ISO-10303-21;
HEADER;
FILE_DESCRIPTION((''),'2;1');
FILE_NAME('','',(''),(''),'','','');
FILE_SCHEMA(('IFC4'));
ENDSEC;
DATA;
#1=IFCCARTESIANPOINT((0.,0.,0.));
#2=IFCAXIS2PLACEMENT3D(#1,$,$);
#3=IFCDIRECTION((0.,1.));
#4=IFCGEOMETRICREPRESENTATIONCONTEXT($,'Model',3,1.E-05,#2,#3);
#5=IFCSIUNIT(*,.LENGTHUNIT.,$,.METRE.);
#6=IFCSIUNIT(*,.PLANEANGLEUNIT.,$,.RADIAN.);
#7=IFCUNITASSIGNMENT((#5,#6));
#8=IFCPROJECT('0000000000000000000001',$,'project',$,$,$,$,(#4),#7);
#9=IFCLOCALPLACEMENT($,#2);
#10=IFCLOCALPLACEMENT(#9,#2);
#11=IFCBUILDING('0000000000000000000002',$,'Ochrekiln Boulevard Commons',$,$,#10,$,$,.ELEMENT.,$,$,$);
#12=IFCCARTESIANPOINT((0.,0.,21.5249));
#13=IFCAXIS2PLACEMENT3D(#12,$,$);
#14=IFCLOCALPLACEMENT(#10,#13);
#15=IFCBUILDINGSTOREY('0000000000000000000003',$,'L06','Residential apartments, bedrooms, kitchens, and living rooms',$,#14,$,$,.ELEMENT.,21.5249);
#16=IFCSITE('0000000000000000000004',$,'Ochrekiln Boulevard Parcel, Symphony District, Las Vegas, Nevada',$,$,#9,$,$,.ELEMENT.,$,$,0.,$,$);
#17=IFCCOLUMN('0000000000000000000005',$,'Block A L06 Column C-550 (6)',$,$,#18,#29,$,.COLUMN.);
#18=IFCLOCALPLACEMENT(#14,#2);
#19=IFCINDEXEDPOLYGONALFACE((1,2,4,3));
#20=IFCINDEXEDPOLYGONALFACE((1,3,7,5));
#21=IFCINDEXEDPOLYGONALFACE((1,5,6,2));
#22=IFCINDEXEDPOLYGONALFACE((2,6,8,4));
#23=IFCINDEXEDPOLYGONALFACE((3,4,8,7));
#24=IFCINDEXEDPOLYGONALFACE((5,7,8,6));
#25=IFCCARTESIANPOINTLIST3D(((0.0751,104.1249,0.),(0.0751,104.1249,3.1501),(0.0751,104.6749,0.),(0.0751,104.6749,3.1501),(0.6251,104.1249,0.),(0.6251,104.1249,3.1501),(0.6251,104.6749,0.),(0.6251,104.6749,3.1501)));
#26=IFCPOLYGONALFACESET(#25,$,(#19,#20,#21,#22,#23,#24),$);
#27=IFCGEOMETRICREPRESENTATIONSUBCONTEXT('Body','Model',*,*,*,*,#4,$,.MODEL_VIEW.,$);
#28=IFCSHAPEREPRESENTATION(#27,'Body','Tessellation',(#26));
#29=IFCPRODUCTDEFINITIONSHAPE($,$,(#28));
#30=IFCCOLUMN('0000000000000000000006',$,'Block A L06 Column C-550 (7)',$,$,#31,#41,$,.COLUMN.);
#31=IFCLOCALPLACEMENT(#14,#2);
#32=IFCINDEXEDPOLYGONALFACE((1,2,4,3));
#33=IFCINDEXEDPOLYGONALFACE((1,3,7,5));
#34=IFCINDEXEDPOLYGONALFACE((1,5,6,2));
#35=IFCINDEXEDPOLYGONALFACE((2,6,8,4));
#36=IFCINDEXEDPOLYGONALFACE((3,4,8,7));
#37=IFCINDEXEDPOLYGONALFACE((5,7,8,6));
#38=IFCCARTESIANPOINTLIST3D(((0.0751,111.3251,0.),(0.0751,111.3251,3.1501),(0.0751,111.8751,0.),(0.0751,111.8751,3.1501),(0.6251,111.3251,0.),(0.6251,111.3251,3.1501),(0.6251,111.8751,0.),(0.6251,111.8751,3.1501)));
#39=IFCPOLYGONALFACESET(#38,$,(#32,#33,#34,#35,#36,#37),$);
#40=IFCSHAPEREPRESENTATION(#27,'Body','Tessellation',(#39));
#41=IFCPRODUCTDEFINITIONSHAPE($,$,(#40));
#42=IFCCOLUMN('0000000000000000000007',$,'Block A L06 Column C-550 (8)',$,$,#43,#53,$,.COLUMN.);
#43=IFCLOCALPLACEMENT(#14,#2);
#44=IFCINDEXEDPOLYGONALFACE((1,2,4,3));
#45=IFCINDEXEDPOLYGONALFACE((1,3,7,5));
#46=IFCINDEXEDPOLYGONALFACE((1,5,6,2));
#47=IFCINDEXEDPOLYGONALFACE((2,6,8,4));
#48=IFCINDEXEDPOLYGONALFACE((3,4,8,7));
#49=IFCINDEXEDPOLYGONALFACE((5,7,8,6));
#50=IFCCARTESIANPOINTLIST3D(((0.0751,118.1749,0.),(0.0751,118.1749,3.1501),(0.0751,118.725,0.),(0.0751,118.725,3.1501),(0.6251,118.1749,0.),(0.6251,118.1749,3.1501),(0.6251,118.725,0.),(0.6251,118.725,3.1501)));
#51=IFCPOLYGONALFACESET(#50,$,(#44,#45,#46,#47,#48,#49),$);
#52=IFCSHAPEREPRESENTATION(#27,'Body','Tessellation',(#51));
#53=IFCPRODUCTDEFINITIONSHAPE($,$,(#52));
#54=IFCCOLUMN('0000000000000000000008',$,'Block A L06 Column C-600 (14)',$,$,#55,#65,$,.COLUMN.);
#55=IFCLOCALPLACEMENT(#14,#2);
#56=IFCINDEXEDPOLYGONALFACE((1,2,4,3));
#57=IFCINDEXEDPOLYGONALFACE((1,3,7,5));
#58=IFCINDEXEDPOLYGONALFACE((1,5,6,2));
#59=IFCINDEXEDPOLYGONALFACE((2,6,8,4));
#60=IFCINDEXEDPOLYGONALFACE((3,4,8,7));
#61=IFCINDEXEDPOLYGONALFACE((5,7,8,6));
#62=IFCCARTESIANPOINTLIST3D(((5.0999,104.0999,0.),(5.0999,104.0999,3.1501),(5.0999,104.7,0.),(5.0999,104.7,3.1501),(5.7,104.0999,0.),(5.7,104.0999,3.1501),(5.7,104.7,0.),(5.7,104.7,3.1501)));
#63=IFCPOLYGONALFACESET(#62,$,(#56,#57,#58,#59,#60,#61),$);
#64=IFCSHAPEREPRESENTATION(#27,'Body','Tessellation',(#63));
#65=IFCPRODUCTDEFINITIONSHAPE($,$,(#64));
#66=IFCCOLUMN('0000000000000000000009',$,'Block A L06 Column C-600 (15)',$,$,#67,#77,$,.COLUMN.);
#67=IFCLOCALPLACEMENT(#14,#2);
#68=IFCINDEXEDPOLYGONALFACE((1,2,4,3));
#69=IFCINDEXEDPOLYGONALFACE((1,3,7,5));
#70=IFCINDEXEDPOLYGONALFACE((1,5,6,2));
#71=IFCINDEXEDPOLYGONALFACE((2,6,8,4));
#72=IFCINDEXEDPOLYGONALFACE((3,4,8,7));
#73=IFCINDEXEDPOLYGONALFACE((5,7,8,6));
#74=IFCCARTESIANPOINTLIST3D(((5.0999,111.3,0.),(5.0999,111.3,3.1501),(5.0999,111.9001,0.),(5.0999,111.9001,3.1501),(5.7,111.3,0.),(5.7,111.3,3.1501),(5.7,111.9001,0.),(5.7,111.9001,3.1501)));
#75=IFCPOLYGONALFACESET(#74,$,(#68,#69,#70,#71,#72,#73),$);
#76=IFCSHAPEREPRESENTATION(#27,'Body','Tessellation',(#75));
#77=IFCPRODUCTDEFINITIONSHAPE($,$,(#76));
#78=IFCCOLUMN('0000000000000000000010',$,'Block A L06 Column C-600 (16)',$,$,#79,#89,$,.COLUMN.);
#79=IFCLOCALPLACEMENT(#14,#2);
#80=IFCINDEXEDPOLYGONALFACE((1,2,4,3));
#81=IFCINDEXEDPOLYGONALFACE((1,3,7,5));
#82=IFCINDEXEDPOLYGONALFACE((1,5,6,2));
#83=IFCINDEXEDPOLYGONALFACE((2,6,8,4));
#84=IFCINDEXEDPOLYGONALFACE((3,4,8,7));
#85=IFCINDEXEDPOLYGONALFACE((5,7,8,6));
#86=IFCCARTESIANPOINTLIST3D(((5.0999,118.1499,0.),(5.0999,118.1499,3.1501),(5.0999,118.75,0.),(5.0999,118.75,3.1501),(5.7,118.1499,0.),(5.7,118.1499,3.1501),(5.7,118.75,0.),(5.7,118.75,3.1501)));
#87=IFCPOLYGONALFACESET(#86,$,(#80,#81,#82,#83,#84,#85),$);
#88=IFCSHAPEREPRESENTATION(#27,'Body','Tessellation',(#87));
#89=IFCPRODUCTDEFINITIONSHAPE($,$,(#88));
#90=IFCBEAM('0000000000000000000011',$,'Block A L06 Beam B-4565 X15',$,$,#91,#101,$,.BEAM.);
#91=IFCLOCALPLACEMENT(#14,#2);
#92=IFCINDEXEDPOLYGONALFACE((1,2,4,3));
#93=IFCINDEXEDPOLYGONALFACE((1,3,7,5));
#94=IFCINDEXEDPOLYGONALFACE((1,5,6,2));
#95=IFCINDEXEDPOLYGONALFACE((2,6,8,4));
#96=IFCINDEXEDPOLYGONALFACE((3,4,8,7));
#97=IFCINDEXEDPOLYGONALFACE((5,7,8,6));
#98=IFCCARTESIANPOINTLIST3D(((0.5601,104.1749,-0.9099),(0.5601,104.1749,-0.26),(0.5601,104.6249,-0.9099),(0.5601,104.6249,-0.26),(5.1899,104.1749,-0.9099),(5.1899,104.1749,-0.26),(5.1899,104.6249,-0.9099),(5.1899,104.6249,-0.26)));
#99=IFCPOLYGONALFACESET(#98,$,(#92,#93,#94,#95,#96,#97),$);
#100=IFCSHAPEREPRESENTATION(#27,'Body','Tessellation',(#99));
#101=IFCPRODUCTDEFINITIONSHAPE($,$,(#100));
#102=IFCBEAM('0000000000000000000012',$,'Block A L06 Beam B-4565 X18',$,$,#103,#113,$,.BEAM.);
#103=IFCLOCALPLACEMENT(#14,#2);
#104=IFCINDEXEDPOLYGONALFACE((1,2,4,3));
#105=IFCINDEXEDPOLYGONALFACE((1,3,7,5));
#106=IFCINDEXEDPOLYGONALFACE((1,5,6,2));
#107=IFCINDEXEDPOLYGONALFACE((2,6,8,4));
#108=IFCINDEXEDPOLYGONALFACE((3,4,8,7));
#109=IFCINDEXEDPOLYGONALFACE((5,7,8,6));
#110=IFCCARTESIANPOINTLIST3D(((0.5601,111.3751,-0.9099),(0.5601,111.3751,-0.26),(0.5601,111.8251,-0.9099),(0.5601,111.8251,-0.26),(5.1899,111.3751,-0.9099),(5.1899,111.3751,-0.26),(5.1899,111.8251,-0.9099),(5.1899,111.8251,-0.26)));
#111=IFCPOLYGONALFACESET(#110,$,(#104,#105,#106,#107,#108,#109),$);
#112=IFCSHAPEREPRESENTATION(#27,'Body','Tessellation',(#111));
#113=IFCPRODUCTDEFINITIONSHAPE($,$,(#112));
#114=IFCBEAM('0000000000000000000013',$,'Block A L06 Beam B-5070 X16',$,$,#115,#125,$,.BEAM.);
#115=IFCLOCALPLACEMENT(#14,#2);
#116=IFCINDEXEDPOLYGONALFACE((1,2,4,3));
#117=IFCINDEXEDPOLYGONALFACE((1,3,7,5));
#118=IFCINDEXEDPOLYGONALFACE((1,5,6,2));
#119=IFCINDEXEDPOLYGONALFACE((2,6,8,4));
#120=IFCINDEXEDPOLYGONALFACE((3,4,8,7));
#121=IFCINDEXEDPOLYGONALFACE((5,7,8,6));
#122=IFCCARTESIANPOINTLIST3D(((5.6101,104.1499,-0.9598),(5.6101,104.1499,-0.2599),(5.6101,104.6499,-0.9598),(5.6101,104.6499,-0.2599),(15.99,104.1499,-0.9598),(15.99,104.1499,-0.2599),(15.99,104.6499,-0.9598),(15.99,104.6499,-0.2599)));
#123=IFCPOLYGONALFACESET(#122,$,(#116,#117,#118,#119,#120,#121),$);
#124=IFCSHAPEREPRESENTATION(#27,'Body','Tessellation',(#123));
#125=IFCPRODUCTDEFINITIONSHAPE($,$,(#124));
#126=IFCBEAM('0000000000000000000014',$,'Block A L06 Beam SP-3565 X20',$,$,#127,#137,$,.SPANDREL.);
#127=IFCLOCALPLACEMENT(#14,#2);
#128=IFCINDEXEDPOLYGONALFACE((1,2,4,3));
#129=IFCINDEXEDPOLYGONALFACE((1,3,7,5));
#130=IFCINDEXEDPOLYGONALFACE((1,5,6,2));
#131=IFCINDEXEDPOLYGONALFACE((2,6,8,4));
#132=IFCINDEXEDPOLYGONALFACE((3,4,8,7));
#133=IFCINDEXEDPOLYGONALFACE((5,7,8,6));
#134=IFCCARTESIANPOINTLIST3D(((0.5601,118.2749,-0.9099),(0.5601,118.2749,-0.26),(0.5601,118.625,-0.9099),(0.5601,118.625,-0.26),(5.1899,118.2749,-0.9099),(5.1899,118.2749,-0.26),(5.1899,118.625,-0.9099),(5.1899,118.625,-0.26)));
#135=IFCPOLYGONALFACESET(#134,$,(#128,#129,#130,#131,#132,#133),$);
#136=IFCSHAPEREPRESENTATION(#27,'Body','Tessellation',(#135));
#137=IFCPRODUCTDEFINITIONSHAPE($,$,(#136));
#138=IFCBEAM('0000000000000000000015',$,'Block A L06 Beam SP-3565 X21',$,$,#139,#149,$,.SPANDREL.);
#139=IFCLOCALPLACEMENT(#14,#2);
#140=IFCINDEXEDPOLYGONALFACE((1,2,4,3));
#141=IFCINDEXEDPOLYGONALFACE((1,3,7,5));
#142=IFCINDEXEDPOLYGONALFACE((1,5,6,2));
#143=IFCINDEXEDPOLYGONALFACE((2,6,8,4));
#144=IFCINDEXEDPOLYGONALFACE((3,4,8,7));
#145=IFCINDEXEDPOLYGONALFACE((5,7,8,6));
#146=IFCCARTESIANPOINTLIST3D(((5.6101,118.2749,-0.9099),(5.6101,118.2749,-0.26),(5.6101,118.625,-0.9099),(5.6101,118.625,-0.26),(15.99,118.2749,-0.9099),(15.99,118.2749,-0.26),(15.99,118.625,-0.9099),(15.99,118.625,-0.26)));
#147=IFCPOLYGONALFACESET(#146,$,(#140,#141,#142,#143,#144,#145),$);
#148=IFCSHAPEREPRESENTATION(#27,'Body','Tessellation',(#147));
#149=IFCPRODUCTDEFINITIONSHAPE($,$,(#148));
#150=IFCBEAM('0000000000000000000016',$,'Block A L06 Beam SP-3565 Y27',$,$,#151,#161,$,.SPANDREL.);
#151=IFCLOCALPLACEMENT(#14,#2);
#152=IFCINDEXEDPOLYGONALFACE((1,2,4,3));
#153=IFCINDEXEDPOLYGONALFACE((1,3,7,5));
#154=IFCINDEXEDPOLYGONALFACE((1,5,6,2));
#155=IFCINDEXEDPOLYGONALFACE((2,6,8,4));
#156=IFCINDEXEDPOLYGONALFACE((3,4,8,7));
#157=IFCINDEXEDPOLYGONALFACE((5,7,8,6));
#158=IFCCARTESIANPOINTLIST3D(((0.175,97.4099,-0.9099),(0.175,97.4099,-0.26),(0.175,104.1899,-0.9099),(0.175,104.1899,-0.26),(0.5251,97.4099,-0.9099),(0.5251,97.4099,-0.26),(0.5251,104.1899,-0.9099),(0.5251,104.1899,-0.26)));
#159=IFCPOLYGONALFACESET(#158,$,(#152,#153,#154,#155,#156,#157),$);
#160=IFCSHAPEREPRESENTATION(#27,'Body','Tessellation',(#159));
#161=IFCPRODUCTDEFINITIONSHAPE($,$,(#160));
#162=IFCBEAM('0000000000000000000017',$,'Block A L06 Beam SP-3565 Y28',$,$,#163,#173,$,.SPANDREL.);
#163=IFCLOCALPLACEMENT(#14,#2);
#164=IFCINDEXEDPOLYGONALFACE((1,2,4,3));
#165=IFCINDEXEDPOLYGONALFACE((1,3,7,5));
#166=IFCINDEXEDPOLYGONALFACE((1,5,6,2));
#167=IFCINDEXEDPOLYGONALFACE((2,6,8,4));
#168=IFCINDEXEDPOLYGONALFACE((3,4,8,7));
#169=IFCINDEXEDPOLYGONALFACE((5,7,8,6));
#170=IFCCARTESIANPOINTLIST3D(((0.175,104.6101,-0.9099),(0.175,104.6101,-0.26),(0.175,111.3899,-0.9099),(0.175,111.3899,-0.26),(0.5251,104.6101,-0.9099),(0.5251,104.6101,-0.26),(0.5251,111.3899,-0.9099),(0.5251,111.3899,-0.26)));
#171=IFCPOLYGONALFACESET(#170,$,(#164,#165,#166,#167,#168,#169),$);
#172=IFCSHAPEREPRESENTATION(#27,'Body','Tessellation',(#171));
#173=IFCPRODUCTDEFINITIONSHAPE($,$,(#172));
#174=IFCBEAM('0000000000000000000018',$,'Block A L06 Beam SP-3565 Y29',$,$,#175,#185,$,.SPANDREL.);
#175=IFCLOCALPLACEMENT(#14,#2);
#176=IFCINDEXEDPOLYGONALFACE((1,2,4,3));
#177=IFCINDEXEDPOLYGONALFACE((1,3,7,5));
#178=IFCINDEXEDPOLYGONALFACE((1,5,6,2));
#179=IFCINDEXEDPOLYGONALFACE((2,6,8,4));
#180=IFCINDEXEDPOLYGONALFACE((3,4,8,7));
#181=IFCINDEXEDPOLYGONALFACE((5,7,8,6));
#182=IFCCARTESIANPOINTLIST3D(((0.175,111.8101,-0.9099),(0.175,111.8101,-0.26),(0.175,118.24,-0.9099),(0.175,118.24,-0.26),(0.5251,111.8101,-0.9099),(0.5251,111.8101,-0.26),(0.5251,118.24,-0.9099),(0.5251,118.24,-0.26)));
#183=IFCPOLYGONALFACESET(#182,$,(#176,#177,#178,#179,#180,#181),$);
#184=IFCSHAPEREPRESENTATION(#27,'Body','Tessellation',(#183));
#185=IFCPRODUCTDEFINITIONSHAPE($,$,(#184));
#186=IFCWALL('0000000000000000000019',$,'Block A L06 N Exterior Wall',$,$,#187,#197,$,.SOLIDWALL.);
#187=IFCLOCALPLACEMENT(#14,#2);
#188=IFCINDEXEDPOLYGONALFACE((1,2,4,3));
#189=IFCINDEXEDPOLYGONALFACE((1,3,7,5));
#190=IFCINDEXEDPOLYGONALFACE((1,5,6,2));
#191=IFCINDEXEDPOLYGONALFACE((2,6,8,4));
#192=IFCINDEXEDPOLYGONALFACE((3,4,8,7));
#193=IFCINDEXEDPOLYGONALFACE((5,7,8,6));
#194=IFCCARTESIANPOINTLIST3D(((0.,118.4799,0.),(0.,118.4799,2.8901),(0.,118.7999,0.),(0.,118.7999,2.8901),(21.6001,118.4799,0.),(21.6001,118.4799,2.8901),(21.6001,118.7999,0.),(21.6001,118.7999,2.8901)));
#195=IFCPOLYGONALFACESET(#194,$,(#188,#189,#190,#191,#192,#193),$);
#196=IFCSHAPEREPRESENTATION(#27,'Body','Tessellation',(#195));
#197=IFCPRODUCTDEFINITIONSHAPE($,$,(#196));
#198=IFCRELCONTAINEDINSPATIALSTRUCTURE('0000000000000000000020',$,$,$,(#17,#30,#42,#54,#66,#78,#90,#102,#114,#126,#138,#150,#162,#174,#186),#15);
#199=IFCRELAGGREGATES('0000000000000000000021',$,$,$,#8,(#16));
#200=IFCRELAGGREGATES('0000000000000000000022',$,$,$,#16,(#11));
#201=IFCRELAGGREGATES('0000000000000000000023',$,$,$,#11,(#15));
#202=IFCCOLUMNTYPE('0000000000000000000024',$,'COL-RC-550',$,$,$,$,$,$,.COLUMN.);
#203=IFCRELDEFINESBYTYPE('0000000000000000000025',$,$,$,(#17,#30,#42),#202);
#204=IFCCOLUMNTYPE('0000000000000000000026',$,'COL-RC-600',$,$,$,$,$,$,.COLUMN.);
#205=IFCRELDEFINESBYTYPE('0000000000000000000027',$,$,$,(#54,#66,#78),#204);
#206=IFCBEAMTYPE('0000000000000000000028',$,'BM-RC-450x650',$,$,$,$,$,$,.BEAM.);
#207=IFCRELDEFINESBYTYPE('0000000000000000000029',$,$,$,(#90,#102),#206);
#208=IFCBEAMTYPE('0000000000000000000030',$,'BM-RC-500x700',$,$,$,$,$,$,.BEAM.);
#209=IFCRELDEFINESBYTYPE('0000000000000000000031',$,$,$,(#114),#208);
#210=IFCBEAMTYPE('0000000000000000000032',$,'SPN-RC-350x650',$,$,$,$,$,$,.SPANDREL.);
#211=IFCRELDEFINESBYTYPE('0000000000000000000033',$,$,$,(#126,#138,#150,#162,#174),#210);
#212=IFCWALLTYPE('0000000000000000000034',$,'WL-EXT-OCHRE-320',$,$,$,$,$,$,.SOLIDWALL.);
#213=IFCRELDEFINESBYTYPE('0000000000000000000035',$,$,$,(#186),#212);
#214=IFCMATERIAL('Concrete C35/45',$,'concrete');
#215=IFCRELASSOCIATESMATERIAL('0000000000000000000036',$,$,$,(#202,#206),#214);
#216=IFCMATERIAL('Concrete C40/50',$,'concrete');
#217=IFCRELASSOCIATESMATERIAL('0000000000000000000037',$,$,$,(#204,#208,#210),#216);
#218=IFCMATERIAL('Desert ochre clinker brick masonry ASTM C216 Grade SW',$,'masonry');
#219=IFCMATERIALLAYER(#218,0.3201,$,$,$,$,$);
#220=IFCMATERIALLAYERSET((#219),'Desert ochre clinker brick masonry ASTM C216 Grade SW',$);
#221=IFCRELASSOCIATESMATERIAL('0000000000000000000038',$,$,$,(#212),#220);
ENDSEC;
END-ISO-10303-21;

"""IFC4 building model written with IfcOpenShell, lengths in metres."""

from ifc_helpers import new_model, si_unit, direction, frame, frame_2d, origin, origin_2d, place, context, subcontext, project, spatial, rectangle, extrude, material, layer, layer_set, material_profile, profile_set, type_object, element, save


model = new_model("IFC4")

# Units and contexts
model_context = context("Model", 3, precision=1e-05, world=origin(), true_north=direction((0.0, 1.0)))
body_context = subcontext(model_context, "Body", "Model", "MODEL_VIEW")
ifc_project = project(units=[si_unit("LENGTHUNIT", "METRE"), si_unit("PLANEANGLEUNIT", "RADIAN")], contexts=[model_context])

# Site, building, storey
site_placement = place(None, origin())
site = spatial("IfcSite", under=ifc_project, at=site_placement, Name="Ochrekiln Boulevard Parcel, Symphony District, Las Vegas, Nevada", CompositionType="ELEMENT", RefElevation=0.0)
building_placement = place(site_placement, origin())
building = spatial("IfcBuilding", under=site, at=building_placement, Name="Ochrekiln Boulevard Commons", CompositionType="ELEMENT")
storey_placement = place(building_placement, frame((0.0, 0.0, 21.5249)))
storey = spatial("IfcBuildingStorey", under=building, at=storey_placement, Name="L06", Description="Residential apartments, bedrooms, kitchens, and living rooms", CompositionType="ELEMENT", Elevation=21.5249)

# Columns
ifc_material_1 = material(Name="Concrete C35/45", Category="concrete")
ifc_material_profile_1 = material_profile(ifc_material_1, rectangle(XDim=0.55, YDim=0.55, at=origin_2d()), Name="RC-COL-550x550")
ifc_profile_set_1 = profile_set([ifc_material_profile_1], Name="Concrete C35/45")
column_type_1 = type_object("IfcColumnType", Name="COL-RC-550", PredefinedType="COLUMN", material=ifc_profile_set_1)
for number, where, z_axis, x_axis, name in (
    (1, (0.3501, 104.3999, 0.0), (0.0, 0.0, 1.0), (1.0, 0.0, 0.0), "Block A L06 Column C-550 (6)"),
    (2, (0.3501, 111.6001, 0.0), (0.0, 0.0, 1.0), (1.0, 0.0, 0.0), "Block A L06 Column C-550 (7)"),
    (3, (0.3501, 118.45, 0.0), (0.0, 0.0, 1.0), (1.0, 0.0, 0.0), "Block A L06 Column C-550 (8)"),
):
    element("IfcColumn", number, at=place(storey_placement, frame(where, z_axis=z_axis, x_axis=x_axis)), inside=storey, type_object=column_type_1, Name=name, PredefinedType="COLUMN", context=body_context, shape_type="SweptSolid", body=[
        extrude(rectangle(XDim=0.55, YDim=0.55, at=origin_2d()), origin(), (0.0, 0.0, 1.0), 3.1501),
    ])
ifc_material_2 = material(Name="Concrete C40/50", Category="concrete")
ifc_material_profile_2 = material_profile(ifc_material_2, rectangle(XDim=0.6001, YDim=0.6001, at=origin_2d()), Name="RC-COL-600x600")
ifc_profile_set_2 = profile_set([ifc_material_profile_2], Name="Concrete C40/50")
column_type_2 = type_object("IfcColumnType", Name="COL-RC-600", PredefinedType="COLUMN", material=ifc_profile_set_2)
for number, where, z_axis, x_axis, name in (
    (4, (5.3999, 104.3999, 0.0), (0.0, 0.0, 1.0), (1.0, 0.0, 0.0), "Block A L06 Column C-600 (14)"),
    (5, (5.3999, 111.6001, 0.0), (0.0, 0.0, 1.0), (1.0, 0.0, 0.0), "Block A L06 Column C-600 (15)"),
    (6, (5.3999, 118.45, 0.0), (0.0, 0.0, 1.0), (1.0, 0.0, 0.0), "Block A L06 Column C-600 (16)"),
):
    element("IfcColumn", number, at=place(storey_placement, frame(where, z_axis=z_axis, x_axis=x_axis)), inside=storey, type_object=column_type_2, Name=name, PredefinedType="COLUMN", context=body_context, shape_type="SweptSolid", body=[
        extrude(rectangle(XDim=0.6001, YDim=0.6001, at=origin_2d()), origin(), (0.0, 0.0, 1.0), 3.1501),
    ])

# Beams
ifc_material_profile_3 = material_profile(ifc_material_1, rectangle(XDim=0.45, YDim=0.6499, at=origin_2d()), Name="RC-BM-450x650")
ifc_profile_set_3 = profile_set([ifc_material_profile_3], Name="Concrete C35/45")
beam_type_1 = type_object("IfcBeamType", Name="BM-RC-450x650", PredefinedType="BEAM", material=ifc_profile_set_3)
for number, where, z_axis, x_axis, name in (
    (7, (0.5601, 104.3999, -0.585), (1.0, 0.0, 0.0), (0.0, 1.0, 0.0), "Block A L06 Beam B-4565 X15"),
    (8, (0.5601, 111.6001, -0.585), (1.0, 0.0, 0.0), (0.0, 1.0, 0.0), "Block A L06 Beam B-4565 X18"),
):
    element("IfcBeam", number, at=place(storey_placement, frame(where, z_axis=z_axis, x_axis=x_axis)), inside=storey, type_object=beam_type_1, Name=name, PredefinedType="BEAM", context=body_context, shape_type="SweptSolid", body=[
        extrude(rectangle(XDim=0.45, YDim=0.6499, at=origin_2d()), origin(), (0.0, 0.0, 1.0), 4.6299),
    ])
ifc_material_profile_4 = material_profile(ifc_material_2, rectangle(XDim=0.5, YDim=0.7, at=origin_2d()), Name="RC-BM-500x700")
ifc_profile_set_4 = profile_set([ifc_material_profile_4], Name="Concrete C40/50")
beam_type_2 = type_object("IfcBeamType", Name="BM-RC-500x700", PredefinedType="BEAM", material=ifc_profile_set_4)
beam_1_placement = place(storey_placement, frame((5.6101, 104.3999, -0.6099), z_axis=(1.0, 0.0, 0.0), x_axis=(0.0, 1.0, 0.0)))
element("IfcBeam", 9, at=beam_1_placement, inside=storey, type_object=beam_type_2, Name="Block A L06 Beam B-5070 X16", PredefinedType="BEAM", context=body_context, shape_type="SweptSolid", body=[
    extrude(rectangle(XDim=0.5, YDim=0.7, at=origin_2d()), origin(), (0.0, 0.0, 1.0), 10.3799),
])
ifc_material_profile_5 = material_profile(ifc_material_2, rectangle(XDim=0.3501, YDim=0.6499, at=origin_2d()), Name="RC-SPN-350x650")
ifc_profile_set_5 = profile_set([ifc_material_profile_5], Name="Concrete C40/50")
beam_type_3 = type_object("IfcBeamType", Name="SPN-RC-350x650", PredefinedType="SPANDREL", material=ifc_profile_set_5)
beam_2_placement = place(storey_placement, frame((0.5601, 118.45, -0.585), z_axis=(1.0, 0.0, 0.0), x_axis=(0.0, 1.0, 0.0)))
element("IfcBeam", 10, at=beam_2_placement, inside=storey, type_object=beam_type_3, Name="Block A L06 Beam SP-3565 X20", PredefinedType="SPANDREL", context=body_context, shape_type="SweptSolid", body=[
    extrude(rectangle(XDim=0.3501, YDim=0.6499, at=origin_2d()), origin(), (0.0, 0.0, 1.0), 4.6299),
])
beam_3_placement = place(storey_placement, frame((5.6101, 118.45, -0.585), z_axis=(1.0, 0.0, 0.0), x_axis=(0.0, 1.0, 0.0)))
element("IfcBeam", 11, at=beam_3_placement, inside=storey, type_object=beam_type_3, Name="Block A L06 Beam SP-3565 X21", PredefinedType="SPANDREL", context=body_context, shape_type="SweptSolid", body=[
    extrude(rectangle(XDim=0.3501, YDim=0.6499, at=origin_2d()), origin(), (0.0, 0.0, 1.0), 10.3799),
])
beam_4_placement = place(storey_placement, frame((0.3501, 97.4099, -0.585), z_axis=(0.0, 1.0, 0.0), x_axis=(-1.0, 0.0, 0.0)))
element("IfcBeam", 12, at=beam_4_placement, inside=storey, type_object=beam_type_3, Name="Block A L06 Beam SP-3565 Y27", PredefinedType="SPANDREL", context=body_context, shape_type="SweptSolid", body=[
    extrude(rectangle(XDim=0.3501, YDim=0.6499, at=origin_2d()), origin(), (0.0, 0.0, 1.0), 6.78),
])
beam_5_placement = place(storey_placement, frame((0.3501, 104.6101, -0.585), z_axis=(0.0, 1.0, 0.0), x_axis=(-1.0, 0.0, 0.0)))
element("IfcBeam", 13, at=beam_5_placement, inside=storey, type_object=beam_type_3, Name="Block A L06 Beam SP-3565 Y28", PredefinedType="SPANDREL", context=body_context, shape_type="SweptSolid", body=[
    extrude(rectangle(XDim=0.3501, YDim=0.6499, at=origin_2d()), origin(), (0.0, 0.0, 1.0), 6.7798),
])
beam_6_placement = place(storey_placement, frame((0.3501, 111.8101, -0.585), z_axis=(0.0, 1.0, 0.0), x_axis=(-1.0, 0.0, 0.0)))
element("IfcBeam", 14, at=beam_6_placement, inside=storey, type_object=beam_type_3, Name="Block A L06 Beam SP-3565 Y29", PredefinedType="SPANDREL", context=body_context, shape_type="SweptSolid", body=[
    extrude(rectangle(XDim=0.3501, YDim=0.6499, at=origin_2d()), origin(), (0.0, 0.0, 1.0), 6.4299),
])

# Wall
ifc_material_3 = material(Name="Desert ochre clinker brick masonry ASTM C216 Grade SW", Category="masonry")
ifc_layer_1 = layer(ifc_material_3, 0.3201)
ifc_layer_set_1 = layer_set([ifc_layer_1], Name="Desert ochre clinker brick masonry ASTM C216 Grade SW")
wall_type_1 = type_object("IfcWallType", Name="WL-EXT-OCHRE-320", PredefinedType="SOLIDWALL", material=ifc_layer_set_1)
wall_1_placement = place(storey_placement, frame((0.0, 118.6399, 0.0), z_axis=(0.0, 0.0, 1.0), x_axis=(1.0, 0.0, 0.0)))
element("IfcWall", 15, at=wall_1_placement, inside=storey, type_object=wall_type_1, Name="Block A L06 N Exterior Wall", PredefinedType="SOLIDWALL", context=body_context, shape_type="SweptSolid", body=[
    extrude(rectangle(XDim=21.6001, YDim=0.3201, at=frame_2d((10.8, 0.0))), origin(), (0.0, 0.0, 1.0), 2.8901),
])

save(model, "model.ifc")
